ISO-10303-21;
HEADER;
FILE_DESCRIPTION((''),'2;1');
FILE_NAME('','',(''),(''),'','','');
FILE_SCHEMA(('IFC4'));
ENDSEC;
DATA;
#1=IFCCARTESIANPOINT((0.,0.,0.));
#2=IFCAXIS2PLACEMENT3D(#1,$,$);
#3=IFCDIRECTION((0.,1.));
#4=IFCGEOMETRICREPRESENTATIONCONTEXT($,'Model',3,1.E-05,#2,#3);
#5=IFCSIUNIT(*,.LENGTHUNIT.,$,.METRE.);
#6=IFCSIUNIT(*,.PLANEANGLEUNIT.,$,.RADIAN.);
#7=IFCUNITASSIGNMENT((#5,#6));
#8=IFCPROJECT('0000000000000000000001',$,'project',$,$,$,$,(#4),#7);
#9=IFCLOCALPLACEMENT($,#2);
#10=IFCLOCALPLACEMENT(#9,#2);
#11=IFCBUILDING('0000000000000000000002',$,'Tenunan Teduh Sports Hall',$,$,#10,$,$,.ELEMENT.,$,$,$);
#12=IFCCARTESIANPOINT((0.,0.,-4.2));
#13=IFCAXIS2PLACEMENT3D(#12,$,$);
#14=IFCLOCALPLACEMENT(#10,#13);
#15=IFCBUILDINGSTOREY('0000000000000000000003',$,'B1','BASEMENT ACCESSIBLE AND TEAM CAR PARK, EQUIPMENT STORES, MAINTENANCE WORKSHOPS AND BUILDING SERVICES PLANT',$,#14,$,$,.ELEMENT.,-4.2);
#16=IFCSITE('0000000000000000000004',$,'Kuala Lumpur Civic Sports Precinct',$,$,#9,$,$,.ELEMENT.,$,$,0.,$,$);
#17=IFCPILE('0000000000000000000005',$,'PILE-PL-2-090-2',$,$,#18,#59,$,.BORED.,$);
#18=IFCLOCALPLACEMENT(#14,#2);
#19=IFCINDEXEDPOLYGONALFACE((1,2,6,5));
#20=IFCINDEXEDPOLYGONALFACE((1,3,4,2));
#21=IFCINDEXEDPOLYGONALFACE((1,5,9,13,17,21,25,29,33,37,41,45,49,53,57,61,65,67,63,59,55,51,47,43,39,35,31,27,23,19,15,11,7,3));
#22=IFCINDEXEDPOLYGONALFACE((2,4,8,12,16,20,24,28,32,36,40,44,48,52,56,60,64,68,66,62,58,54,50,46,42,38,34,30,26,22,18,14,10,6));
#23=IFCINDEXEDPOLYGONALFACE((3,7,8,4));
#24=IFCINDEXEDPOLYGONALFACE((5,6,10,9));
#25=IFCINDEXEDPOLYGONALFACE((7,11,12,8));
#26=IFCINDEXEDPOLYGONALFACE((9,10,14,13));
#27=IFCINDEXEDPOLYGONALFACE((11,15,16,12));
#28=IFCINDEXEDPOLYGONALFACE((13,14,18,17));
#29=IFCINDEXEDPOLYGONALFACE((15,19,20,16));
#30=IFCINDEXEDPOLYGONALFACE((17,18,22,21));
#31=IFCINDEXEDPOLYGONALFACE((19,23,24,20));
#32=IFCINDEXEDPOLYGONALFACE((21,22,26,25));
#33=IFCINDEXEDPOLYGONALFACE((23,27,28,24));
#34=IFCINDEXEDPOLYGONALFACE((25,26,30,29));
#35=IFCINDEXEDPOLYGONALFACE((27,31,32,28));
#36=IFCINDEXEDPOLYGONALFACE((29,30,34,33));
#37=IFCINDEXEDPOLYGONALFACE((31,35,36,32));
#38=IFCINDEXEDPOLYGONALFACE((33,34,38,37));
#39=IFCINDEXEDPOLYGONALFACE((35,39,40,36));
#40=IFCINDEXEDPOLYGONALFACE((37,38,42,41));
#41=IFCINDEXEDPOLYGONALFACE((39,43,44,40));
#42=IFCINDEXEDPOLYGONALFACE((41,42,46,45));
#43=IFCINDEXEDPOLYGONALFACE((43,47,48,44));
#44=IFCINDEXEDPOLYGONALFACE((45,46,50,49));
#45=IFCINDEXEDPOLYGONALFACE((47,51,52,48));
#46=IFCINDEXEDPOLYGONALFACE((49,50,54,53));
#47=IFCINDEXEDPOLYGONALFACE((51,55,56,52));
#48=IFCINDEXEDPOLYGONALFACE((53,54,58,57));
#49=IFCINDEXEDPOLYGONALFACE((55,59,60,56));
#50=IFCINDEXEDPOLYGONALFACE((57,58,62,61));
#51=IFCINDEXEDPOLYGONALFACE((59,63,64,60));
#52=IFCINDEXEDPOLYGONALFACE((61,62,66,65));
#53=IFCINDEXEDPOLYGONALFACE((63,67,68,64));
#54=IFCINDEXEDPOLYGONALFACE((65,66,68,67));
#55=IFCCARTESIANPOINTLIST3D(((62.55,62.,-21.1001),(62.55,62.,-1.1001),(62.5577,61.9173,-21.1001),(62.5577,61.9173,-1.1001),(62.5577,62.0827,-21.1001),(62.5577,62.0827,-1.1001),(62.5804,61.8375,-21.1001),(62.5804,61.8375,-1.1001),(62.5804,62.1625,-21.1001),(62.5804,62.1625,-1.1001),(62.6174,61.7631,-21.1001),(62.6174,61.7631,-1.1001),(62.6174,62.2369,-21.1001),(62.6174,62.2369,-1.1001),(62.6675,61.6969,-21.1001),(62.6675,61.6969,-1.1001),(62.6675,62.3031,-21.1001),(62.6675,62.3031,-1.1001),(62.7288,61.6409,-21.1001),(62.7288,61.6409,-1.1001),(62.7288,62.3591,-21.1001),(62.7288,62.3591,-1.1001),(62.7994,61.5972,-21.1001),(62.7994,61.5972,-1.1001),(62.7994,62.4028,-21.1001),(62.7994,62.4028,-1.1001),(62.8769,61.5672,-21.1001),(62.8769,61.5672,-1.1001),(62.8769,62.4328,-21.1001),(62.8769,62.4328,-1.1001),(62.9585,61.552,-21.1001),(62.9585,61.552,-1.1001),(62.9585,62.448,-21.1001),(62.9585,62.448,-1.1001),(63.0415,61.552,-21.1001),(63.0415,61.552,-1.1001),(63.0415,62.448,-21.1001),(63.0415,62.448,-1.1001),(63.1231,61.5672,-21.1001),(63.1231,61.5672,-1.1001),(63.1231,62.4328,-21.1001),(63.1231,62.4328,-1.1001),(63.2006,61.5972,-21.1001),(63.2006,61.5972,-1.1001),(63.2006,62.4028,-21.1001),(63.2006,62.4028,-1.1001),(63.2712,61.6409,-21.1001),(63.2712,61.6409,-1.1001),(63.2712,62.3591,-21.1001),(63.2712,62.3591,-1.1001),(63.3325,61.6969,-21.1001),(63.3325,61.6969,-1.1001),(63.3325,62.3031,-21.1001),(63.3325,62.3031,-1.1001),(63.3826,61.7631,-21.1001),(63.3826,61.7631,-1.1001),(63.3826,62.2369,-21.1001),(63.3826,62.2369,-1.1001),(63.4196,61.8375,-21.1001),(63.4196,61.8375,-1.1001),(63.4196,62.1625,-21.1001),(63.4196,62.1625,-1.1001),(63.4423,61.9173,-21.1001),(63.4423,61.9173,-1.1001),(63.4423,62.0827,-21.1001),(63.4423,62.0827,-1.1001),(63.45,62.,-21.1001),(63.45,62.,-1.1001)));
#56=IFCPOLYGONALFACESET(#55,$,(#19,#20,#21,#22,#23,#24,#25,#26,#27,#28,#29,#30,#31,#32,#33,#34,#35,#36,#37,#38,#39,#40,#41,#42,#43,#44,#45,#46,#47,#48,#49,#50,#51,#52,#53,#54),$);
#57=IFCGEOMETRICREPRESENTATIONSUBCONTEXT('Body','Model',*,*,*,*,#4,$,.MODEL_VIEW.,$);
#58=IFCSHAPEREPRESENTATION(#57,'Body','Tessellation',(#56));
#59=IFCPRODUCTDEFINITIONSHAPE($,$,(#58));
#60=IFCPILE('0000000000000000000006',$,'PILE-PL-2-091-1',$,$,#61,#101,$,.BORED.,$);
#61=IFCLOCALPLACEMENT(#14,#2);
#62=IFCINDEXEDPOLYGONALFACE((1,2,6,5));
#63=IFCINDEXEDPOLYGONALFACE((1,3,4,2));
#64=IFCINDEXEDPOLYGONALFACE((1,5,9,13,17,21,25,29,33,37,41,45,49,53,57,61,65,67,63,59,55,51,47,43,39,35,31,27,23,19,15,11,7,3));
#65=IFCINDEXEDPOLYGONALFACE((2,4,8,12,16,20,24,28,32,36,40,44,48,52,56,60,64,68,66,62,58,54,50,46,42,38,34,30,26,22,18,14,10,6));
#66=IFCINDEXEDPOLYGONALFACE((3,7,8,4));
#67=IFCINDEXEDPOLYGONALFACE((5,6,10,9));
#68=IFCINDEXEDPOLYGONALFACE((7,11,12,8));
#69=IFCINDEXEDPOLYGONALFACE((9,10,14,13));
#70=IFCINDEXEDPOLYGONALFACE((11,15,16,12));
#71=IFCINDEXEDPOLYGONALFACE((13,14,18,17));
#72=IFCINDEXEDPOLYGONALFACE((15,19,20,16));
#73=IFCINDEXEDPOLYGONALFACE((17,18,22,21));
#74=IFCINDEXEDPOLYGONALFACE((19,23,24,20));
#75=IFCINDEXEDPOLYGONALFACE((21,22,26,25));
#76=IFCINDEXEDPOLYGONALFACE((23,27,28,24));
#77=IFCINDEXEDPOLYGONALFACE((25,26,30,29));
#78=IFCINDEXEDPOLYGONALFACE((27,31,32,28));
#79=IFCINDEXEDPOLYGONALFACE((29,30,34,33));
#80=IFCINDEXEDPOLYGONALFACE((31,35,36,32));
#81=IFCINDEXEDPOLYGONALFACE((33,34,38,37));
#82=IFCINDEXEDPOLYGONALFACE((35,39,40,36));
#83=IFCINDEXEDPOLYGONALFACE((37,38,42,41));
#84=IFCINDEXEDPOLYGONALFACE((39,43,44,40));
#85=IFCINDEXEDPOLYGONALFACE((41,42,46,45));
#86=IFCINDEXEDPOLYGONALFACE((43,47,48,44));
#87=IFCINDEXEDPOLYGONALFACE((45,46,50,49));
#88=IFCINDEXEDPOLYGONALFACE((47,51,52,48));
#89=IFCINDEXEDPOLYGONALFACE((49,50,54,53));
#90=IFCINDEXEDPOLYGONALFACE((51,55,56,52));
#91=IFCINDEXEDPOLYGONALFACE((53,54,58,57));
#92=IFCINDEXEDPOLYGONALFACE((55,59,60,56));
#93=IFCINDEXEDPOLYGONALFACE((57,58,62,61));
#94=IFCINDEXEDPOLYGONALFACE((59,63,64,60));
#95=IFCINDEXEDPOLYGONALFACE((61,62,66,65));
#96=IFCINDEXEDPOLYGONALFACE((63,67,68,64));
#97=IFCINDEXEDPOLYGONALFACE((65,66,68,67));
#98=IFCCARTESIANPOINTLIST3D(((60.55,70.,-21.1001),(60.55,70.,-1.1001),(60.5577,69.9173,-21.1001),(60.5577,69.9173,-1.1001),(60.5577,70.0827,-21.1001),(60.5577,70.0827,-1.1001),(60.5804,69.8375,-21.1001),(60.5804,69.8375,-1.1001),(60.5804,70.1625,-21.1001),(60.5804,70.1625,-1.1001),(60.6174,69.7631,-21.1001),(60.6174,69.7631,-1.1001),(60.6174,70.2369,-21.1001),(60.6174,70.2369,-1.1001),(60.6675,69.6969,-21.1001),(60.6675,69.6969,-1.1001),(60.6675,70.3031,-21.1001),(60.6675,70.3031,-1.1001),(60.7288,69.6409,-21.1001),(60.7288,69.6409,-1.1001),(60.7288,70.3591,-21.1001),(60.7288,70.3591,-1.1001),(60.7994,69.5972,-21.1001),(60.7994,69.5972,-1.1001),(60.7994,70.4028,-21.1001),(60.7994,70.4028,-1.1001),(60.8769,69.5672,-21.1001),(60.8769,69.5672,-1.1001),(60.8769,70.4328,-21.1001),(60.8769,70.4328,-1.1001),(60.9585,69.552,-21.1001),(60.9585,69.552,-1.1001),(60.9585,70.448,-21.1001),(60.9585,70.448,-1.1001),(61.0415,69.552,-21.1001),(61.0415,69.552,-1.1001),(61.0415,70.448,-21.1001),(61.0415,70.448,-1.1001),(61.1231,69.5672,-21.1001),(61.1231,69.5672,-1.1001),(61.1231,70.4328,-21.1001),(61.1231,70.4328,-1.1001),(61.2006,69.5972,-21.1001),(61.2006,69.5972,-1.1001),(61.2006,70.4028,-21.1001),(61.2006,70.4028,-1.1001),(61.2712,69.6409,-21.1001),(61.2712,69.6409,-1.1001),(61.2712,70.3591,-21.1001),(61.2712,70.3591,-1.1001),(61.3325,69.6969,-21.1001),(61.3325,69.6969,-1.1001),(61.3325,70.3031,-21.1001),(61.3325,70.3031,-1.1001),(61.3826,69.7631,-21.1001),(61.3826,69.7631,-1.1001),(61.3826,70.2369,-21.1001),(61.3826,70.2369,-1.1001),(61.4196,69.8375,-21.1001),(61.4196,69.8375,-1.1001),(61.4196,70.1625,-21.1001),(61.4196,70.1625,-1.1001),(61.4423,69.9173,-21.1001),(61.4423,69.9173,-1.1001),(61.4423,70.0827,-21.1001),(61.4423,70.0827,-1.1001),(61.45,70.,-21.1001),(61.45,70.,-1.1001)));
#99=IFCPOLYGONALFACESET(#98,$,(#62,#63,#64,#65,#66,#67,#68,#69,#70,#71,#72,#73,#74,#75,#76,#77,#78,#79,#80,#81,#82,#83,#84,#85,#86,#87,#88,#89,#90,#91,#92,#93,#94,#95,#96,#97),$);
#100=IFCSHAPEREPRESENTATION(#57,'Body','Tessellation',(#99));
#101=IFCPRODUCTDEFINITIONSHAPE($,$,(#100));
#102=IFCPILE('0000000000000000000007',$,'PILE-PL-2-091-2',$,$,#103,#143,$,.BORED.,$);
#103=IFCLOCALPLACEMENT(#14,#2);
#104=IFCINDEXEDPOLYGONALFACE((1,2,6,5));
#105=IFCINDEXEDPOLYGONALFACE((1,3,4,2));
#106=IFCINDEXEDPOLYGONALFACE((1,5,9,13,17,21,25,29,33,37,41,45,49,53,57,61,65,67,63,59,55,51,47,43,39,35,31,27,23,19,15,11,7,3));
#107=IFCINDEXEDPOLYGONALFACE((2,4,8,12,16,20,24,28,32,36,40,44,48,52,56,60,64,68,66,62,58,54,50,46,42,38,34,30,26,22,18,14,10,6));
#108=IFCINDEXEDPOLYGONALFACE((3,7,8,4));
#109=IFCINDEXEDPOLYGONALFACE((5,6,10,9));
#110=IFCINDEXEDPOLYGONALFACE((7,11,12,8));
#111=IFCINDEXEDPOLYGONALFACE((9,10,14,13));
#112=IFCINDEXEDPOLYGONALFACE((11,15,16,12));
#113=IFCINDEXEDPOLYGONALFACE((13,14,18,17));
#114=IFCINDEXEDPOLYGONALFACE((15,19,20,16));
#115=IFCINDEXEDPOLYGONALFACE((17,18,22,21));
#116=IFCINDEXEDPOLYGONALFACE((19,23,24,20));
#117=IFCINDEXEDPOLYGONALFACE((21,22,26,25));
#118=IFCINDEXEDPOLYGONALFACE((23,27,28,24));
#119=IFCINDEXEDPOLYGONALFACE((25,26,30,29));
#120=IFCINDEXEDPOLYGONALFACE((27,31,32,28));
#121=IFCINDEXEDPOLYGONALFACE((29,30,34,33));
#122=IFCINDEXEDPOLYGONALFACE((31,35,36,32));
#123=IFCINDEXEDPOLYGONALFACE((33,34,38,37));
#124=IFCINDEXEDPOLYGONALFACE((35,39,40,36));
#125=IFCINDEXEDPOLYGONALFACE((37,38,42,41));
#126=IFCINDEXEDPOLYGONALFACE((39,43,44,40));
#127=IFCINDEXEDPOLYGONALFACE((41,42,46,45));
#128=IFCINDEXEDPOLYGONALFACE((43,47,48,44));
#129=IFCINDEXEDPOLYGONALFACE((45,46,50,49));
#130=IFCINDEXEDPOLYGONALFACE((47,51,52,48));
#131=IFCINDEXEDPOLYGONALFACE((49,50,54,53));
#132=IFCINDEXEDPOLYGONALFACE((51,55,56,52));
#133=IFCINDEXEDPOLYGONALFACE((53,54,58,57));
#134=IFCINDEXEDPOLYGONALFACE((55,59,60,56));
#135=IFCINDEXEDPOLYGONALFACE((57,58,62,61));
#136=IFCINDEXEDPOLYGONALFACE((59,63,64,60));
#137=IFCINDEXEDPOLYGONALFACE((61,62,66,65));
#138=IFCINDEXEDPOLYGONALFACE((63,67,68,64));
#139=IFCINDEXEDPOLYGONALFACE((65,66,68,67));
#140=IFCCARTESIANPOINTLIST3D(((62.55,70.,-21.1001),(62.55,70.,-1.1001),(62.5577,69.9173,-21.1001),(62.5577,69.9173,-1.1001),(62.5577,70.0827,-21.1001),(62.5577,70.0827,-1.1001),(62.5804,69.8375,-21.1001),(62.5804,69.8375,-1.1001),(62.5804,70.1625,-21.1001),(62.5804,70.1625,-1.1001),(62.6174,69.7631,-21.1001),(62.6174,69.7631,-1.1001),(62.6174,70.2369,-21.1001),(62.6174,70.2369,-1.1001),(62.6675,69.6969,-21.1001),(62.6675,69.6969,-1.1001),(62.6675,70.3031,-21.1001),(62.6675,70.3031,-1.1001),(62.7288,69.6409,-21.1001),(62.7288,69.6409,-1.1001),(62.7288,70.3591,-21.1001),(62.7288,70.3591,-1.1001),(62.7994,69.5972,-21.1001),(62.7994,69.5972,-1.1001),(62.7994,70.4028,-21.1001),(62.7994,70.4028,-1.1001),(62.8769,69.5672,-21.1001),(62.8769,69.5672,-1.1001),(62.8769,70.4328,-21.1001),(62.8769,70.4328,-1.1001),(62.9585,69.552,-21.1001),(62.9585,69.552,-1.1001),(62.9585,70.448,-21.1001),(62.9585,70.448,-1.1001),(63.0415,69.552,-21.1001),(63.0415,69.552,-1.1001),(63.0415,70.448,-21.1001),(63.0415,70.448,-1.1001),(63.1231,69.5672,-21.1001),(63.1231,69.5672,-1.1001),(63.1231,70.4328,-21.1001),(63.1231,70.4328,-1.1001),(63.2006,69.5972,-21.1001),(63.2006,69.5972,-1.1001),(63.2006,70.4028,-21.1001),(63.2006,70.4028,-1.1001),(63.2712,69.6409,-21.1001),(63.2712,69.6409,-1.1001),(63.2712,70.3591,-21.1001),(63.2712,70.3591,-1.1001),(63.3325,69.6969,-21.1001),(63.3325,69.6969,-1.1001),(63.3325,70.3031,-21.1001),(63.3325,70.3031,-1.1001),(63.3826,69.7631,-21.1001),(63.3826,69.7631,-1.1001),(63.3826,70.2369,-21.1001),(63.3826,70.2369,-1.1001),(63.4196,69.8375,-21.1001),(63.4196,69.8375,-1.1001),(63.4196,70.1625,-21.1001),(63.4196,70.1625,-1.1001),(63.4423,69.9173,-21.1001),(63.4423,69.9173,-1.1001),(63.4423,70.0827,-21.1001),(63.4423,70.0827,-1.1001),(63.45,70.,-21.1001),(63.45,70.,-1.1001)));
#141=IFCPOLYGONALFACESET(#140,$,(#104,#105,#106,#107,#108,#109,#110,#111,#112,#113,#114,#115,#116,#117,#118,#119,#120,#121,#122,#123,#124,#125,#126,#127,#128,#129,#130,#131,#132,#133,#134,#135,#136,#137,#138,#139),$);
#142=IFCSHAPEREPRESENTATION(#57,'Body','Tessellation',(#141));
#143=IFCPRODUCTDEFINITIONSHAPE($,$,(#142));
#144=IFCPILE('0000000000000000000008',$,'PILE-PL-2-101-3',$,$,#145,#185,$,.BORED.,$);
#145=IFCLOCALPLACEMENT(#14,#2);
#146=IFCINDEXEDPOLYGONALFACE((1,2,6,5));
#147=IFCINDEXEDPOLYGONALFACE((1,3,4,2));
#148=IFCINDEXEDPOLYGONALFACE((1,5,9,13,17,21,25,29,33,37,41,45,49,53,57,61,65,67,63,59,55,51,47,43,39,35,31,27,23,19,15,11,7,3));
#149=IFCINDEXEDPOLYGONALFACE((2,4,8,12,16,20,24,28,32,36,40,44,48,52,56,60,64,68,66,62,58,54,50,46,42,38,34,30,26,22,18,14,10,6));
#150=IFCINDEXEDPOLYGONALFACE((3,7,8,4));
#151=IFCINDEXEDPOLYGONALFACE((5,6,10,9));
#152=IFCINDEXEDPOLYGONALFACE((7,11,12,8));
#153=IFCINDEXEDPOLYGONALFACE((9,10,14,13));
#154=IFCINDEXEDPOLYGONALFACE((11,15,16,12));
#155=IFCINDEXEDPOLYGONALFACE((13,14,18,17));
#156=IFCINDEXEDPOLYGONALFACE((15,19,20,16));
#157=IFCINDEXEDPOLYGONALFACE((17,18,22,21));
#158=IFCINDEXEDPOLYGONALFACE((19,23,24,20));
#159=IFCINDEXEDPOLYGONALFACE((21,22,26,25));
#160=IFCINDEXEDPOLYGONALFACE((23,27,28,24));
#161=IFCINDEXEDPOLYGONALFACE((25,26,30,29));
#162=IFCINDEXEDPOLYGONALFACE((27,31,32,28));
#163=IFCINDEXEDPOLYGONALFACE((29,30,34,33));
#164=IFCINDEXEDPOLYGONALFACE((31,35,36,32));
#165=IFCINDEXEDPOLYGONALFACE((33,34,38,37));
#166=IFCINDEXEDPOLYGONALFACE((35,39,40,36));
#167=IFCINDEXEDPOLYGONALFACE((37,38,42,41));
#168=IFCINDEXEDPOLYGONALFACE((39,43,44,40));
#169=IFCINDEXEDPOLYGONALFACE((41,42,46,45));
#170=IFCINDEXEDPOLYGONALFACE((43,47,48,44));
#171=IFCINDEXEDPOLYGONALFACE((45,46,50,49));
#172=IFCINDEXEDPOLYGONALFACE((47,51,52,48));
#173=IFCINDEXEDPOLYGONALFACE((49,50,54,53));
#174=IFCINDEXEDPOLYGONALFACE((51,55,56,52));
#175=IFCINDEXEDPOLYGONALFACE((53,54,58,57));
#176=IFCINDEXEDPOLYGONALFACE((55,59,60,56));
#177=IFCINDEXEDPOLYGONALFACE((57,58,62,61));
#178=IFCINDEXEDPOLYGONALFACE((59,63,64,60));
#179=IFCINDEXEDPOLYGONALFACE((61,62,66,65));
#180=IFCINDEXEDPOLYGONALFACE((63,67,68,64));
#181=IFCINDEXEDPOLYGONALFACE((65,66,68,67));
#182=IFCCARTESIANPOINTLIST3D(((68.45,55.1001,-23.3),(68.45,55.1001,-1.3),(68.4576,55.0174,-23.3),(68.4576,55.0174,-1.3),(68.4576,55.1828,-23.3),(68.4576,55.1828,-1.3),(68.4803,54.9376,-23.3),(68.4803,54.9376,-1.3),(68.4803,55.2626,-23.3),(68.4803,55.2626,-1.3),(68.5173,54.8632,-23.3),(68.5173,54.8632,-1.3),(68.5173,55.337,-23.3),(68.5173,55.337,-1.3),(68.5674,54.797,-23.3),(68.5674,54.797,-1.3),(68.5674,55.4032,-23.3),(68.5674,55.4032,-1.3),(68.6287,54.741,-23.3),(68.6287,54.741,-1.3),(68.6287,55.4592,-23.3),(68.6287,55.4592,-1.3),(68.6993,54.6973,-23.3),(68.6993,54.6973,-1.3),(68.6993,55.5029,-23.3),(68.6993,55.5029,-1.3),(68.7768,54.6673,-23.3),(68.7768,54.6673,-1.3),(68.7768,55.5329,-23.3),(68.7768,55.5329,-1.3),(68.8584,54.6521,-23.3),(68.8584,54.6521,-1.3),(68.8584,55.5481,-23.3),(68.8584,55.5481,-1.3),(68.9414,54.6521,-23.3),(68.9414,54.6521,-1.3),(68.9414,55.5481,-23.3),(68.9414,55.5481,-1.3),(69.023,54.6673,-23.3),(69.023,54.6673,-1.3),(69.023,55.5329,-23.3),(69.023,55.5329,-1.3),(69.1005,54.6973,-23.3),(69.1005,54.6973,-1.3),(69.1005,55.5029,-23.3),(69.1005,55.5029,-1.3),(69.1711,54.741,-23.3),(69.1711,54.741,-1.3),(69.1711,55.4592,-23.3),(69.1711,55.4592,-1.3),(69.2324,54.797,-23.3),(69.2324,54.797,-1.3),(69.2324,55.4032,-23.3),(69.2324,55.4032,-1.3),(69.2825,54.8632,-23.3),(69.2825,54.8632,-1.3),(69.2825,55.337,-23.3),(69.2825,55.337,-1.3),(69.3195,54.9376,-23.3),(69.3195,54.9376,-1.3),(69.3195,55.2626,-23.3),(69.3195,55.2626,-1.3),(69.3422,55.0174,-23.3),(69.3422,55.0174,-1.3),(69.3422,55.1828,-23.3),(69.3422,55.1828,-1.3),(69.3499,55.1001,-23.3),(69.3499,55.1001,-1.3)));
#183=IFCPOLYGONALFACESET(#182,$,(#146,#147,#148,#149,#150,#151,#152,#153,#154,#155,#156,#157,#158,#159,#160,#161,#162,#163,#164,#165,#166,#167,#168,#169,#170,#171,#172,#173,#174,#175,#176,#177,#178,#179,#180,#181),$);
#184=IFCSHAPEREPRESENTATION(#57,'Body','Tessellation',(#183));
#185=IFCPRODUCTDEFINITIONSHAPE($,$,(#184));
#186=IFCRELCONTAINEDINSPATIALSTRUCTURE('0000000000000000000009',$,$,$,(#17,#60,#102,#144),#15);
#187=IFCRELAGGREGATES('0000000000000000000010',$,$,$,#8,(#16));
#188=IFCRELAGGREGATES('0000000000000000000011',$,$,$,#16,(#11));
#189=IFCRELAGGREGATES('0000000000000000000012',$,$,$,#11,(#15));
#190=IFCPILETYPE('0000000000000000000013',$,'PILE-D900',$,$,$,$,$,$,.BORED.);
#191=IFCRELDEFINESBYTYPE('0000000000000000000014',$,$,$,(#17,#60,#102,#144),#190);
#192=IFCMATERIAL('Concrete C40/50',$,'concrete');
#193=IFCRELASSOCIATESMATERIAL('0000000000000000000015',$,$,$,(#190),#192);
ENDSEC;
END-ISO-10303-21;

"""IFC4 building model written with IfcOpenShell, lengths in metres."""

from ifc_helpers import new_model, si_unit, direction, frame, origin, origin_2d, place, context, subcontext, project, spatial, circle, extrude, material, material_profile, profile_set, type_object, element, save


model = new_model("IFC4")

# Units and contexts
model_context = context("Model", 3, precision=1e-05, world=origin(), true_north=direction((0.0, 1.0)))
body_context = subcontext(model_context, "Body", "Model", "MODEL_VIEW")
ifc_project = project(units=[si_unit("LENGTHUNIT", "METRE"), si_unit("PLANEANGLEUNIT", "RADIAN")], contexts=[model_context])

# Site, building, storey
site_placement = place(None, origin())
site = spatial("IfcSite", under=ifc_project, at=site_placement, Name="Kuala Lumpur Civic Sports Precinct", CompositionType="ELEMENT", RefElevation=0.0)
building_placement = place(site_placement, origin())
building = spatial("IfcBuilding", under=site, at=building_placement, Name="Tenunan Teduh Sports Hall", CompositionType="ELEMENT")
storey_placement = place(building_placement, frame((0.0, 0.0, -4.2)))
storey = spatial("IfcBuildingStorey", under=building, at=storey_placement, Name="B1", Description="BASEMENT ACCESSIBLE AND TEAM CAR PARK, EQUIPMENT STORES, MAINTENANCE WORKSHOPS AND BUILDING SERVICES PLANT", CompositionType="ELEMENT", Elevation=-4.2)

# Piles
ifc_material_1 = material(Name="Concrete C40/50", Category="concrete")
ifc_material_profile_1 = material_profile(ifc_material_1, circle(Radius=0.45, at=origin_2d()), Name="PILE D900")
ifc_profile_set_1 = profile_set([ifc_material_profile_1], Name="Concrete C40/50")
pile_type = type_object("IfcPileType", Name="PILE-D900", PredefinedType="BORED", material=ifc_profile_set_1)
for number, where, z_axis, x_axis, name in (
    (1, (63.0, 62.0, -1.1001), (0.0, 0.0, -1.0), (1.0, 0.0, 0.0), "PILE-PL-2-090-2"),
    (2, (61.0, 70.0, -1.1001), (0.0, 0.0, -1.0), (1.0, 0.0, 0.0), "PILE-PL-2-091-1"),
    (3, (63.0, 70.0, -1.1001), (0.0, 0.0, -1.0), (1.0, 0.0, 0.0), "PILE-PL-2-091-2"),
):
    element("IfcPile", number, at=place(storey_placement, frame(where, z_axis=z_axis, x_axis=x_axis)), inside=storey, type_object=pile_type, Name=name, PredefinedType="BORED", context=body_context, shape_type="SweptSolid", body=[
        extrude(circle(Radius=0.45, at=origin_2d()), origin(), (0.0, 0.0, 1.0), 20.0),
    ])
for number, where, z_axis, x_axis, name in (
    (4, (68.8999, 55.1001, -1.3), (0.0, 0.0, -1.0), (1.0, 0.0, 0.0), "PILE-PL-2-101-3"),
):
    element("IfcPile", number, at=place(storey_placement, frame(where, z_axis=z_axis, x_axis=x_axis)), inside=storey, type_object=pile_type, Name=name, PredefinedType="BORED", context=body_context, shape_type="SweptSolid", body=[
        extrude(circle(Radius=0.45, at=origin_2d()), origin(), (0.0, 0.0, 1.0), 22.0),
    ])

save(model, "model.ifc")
